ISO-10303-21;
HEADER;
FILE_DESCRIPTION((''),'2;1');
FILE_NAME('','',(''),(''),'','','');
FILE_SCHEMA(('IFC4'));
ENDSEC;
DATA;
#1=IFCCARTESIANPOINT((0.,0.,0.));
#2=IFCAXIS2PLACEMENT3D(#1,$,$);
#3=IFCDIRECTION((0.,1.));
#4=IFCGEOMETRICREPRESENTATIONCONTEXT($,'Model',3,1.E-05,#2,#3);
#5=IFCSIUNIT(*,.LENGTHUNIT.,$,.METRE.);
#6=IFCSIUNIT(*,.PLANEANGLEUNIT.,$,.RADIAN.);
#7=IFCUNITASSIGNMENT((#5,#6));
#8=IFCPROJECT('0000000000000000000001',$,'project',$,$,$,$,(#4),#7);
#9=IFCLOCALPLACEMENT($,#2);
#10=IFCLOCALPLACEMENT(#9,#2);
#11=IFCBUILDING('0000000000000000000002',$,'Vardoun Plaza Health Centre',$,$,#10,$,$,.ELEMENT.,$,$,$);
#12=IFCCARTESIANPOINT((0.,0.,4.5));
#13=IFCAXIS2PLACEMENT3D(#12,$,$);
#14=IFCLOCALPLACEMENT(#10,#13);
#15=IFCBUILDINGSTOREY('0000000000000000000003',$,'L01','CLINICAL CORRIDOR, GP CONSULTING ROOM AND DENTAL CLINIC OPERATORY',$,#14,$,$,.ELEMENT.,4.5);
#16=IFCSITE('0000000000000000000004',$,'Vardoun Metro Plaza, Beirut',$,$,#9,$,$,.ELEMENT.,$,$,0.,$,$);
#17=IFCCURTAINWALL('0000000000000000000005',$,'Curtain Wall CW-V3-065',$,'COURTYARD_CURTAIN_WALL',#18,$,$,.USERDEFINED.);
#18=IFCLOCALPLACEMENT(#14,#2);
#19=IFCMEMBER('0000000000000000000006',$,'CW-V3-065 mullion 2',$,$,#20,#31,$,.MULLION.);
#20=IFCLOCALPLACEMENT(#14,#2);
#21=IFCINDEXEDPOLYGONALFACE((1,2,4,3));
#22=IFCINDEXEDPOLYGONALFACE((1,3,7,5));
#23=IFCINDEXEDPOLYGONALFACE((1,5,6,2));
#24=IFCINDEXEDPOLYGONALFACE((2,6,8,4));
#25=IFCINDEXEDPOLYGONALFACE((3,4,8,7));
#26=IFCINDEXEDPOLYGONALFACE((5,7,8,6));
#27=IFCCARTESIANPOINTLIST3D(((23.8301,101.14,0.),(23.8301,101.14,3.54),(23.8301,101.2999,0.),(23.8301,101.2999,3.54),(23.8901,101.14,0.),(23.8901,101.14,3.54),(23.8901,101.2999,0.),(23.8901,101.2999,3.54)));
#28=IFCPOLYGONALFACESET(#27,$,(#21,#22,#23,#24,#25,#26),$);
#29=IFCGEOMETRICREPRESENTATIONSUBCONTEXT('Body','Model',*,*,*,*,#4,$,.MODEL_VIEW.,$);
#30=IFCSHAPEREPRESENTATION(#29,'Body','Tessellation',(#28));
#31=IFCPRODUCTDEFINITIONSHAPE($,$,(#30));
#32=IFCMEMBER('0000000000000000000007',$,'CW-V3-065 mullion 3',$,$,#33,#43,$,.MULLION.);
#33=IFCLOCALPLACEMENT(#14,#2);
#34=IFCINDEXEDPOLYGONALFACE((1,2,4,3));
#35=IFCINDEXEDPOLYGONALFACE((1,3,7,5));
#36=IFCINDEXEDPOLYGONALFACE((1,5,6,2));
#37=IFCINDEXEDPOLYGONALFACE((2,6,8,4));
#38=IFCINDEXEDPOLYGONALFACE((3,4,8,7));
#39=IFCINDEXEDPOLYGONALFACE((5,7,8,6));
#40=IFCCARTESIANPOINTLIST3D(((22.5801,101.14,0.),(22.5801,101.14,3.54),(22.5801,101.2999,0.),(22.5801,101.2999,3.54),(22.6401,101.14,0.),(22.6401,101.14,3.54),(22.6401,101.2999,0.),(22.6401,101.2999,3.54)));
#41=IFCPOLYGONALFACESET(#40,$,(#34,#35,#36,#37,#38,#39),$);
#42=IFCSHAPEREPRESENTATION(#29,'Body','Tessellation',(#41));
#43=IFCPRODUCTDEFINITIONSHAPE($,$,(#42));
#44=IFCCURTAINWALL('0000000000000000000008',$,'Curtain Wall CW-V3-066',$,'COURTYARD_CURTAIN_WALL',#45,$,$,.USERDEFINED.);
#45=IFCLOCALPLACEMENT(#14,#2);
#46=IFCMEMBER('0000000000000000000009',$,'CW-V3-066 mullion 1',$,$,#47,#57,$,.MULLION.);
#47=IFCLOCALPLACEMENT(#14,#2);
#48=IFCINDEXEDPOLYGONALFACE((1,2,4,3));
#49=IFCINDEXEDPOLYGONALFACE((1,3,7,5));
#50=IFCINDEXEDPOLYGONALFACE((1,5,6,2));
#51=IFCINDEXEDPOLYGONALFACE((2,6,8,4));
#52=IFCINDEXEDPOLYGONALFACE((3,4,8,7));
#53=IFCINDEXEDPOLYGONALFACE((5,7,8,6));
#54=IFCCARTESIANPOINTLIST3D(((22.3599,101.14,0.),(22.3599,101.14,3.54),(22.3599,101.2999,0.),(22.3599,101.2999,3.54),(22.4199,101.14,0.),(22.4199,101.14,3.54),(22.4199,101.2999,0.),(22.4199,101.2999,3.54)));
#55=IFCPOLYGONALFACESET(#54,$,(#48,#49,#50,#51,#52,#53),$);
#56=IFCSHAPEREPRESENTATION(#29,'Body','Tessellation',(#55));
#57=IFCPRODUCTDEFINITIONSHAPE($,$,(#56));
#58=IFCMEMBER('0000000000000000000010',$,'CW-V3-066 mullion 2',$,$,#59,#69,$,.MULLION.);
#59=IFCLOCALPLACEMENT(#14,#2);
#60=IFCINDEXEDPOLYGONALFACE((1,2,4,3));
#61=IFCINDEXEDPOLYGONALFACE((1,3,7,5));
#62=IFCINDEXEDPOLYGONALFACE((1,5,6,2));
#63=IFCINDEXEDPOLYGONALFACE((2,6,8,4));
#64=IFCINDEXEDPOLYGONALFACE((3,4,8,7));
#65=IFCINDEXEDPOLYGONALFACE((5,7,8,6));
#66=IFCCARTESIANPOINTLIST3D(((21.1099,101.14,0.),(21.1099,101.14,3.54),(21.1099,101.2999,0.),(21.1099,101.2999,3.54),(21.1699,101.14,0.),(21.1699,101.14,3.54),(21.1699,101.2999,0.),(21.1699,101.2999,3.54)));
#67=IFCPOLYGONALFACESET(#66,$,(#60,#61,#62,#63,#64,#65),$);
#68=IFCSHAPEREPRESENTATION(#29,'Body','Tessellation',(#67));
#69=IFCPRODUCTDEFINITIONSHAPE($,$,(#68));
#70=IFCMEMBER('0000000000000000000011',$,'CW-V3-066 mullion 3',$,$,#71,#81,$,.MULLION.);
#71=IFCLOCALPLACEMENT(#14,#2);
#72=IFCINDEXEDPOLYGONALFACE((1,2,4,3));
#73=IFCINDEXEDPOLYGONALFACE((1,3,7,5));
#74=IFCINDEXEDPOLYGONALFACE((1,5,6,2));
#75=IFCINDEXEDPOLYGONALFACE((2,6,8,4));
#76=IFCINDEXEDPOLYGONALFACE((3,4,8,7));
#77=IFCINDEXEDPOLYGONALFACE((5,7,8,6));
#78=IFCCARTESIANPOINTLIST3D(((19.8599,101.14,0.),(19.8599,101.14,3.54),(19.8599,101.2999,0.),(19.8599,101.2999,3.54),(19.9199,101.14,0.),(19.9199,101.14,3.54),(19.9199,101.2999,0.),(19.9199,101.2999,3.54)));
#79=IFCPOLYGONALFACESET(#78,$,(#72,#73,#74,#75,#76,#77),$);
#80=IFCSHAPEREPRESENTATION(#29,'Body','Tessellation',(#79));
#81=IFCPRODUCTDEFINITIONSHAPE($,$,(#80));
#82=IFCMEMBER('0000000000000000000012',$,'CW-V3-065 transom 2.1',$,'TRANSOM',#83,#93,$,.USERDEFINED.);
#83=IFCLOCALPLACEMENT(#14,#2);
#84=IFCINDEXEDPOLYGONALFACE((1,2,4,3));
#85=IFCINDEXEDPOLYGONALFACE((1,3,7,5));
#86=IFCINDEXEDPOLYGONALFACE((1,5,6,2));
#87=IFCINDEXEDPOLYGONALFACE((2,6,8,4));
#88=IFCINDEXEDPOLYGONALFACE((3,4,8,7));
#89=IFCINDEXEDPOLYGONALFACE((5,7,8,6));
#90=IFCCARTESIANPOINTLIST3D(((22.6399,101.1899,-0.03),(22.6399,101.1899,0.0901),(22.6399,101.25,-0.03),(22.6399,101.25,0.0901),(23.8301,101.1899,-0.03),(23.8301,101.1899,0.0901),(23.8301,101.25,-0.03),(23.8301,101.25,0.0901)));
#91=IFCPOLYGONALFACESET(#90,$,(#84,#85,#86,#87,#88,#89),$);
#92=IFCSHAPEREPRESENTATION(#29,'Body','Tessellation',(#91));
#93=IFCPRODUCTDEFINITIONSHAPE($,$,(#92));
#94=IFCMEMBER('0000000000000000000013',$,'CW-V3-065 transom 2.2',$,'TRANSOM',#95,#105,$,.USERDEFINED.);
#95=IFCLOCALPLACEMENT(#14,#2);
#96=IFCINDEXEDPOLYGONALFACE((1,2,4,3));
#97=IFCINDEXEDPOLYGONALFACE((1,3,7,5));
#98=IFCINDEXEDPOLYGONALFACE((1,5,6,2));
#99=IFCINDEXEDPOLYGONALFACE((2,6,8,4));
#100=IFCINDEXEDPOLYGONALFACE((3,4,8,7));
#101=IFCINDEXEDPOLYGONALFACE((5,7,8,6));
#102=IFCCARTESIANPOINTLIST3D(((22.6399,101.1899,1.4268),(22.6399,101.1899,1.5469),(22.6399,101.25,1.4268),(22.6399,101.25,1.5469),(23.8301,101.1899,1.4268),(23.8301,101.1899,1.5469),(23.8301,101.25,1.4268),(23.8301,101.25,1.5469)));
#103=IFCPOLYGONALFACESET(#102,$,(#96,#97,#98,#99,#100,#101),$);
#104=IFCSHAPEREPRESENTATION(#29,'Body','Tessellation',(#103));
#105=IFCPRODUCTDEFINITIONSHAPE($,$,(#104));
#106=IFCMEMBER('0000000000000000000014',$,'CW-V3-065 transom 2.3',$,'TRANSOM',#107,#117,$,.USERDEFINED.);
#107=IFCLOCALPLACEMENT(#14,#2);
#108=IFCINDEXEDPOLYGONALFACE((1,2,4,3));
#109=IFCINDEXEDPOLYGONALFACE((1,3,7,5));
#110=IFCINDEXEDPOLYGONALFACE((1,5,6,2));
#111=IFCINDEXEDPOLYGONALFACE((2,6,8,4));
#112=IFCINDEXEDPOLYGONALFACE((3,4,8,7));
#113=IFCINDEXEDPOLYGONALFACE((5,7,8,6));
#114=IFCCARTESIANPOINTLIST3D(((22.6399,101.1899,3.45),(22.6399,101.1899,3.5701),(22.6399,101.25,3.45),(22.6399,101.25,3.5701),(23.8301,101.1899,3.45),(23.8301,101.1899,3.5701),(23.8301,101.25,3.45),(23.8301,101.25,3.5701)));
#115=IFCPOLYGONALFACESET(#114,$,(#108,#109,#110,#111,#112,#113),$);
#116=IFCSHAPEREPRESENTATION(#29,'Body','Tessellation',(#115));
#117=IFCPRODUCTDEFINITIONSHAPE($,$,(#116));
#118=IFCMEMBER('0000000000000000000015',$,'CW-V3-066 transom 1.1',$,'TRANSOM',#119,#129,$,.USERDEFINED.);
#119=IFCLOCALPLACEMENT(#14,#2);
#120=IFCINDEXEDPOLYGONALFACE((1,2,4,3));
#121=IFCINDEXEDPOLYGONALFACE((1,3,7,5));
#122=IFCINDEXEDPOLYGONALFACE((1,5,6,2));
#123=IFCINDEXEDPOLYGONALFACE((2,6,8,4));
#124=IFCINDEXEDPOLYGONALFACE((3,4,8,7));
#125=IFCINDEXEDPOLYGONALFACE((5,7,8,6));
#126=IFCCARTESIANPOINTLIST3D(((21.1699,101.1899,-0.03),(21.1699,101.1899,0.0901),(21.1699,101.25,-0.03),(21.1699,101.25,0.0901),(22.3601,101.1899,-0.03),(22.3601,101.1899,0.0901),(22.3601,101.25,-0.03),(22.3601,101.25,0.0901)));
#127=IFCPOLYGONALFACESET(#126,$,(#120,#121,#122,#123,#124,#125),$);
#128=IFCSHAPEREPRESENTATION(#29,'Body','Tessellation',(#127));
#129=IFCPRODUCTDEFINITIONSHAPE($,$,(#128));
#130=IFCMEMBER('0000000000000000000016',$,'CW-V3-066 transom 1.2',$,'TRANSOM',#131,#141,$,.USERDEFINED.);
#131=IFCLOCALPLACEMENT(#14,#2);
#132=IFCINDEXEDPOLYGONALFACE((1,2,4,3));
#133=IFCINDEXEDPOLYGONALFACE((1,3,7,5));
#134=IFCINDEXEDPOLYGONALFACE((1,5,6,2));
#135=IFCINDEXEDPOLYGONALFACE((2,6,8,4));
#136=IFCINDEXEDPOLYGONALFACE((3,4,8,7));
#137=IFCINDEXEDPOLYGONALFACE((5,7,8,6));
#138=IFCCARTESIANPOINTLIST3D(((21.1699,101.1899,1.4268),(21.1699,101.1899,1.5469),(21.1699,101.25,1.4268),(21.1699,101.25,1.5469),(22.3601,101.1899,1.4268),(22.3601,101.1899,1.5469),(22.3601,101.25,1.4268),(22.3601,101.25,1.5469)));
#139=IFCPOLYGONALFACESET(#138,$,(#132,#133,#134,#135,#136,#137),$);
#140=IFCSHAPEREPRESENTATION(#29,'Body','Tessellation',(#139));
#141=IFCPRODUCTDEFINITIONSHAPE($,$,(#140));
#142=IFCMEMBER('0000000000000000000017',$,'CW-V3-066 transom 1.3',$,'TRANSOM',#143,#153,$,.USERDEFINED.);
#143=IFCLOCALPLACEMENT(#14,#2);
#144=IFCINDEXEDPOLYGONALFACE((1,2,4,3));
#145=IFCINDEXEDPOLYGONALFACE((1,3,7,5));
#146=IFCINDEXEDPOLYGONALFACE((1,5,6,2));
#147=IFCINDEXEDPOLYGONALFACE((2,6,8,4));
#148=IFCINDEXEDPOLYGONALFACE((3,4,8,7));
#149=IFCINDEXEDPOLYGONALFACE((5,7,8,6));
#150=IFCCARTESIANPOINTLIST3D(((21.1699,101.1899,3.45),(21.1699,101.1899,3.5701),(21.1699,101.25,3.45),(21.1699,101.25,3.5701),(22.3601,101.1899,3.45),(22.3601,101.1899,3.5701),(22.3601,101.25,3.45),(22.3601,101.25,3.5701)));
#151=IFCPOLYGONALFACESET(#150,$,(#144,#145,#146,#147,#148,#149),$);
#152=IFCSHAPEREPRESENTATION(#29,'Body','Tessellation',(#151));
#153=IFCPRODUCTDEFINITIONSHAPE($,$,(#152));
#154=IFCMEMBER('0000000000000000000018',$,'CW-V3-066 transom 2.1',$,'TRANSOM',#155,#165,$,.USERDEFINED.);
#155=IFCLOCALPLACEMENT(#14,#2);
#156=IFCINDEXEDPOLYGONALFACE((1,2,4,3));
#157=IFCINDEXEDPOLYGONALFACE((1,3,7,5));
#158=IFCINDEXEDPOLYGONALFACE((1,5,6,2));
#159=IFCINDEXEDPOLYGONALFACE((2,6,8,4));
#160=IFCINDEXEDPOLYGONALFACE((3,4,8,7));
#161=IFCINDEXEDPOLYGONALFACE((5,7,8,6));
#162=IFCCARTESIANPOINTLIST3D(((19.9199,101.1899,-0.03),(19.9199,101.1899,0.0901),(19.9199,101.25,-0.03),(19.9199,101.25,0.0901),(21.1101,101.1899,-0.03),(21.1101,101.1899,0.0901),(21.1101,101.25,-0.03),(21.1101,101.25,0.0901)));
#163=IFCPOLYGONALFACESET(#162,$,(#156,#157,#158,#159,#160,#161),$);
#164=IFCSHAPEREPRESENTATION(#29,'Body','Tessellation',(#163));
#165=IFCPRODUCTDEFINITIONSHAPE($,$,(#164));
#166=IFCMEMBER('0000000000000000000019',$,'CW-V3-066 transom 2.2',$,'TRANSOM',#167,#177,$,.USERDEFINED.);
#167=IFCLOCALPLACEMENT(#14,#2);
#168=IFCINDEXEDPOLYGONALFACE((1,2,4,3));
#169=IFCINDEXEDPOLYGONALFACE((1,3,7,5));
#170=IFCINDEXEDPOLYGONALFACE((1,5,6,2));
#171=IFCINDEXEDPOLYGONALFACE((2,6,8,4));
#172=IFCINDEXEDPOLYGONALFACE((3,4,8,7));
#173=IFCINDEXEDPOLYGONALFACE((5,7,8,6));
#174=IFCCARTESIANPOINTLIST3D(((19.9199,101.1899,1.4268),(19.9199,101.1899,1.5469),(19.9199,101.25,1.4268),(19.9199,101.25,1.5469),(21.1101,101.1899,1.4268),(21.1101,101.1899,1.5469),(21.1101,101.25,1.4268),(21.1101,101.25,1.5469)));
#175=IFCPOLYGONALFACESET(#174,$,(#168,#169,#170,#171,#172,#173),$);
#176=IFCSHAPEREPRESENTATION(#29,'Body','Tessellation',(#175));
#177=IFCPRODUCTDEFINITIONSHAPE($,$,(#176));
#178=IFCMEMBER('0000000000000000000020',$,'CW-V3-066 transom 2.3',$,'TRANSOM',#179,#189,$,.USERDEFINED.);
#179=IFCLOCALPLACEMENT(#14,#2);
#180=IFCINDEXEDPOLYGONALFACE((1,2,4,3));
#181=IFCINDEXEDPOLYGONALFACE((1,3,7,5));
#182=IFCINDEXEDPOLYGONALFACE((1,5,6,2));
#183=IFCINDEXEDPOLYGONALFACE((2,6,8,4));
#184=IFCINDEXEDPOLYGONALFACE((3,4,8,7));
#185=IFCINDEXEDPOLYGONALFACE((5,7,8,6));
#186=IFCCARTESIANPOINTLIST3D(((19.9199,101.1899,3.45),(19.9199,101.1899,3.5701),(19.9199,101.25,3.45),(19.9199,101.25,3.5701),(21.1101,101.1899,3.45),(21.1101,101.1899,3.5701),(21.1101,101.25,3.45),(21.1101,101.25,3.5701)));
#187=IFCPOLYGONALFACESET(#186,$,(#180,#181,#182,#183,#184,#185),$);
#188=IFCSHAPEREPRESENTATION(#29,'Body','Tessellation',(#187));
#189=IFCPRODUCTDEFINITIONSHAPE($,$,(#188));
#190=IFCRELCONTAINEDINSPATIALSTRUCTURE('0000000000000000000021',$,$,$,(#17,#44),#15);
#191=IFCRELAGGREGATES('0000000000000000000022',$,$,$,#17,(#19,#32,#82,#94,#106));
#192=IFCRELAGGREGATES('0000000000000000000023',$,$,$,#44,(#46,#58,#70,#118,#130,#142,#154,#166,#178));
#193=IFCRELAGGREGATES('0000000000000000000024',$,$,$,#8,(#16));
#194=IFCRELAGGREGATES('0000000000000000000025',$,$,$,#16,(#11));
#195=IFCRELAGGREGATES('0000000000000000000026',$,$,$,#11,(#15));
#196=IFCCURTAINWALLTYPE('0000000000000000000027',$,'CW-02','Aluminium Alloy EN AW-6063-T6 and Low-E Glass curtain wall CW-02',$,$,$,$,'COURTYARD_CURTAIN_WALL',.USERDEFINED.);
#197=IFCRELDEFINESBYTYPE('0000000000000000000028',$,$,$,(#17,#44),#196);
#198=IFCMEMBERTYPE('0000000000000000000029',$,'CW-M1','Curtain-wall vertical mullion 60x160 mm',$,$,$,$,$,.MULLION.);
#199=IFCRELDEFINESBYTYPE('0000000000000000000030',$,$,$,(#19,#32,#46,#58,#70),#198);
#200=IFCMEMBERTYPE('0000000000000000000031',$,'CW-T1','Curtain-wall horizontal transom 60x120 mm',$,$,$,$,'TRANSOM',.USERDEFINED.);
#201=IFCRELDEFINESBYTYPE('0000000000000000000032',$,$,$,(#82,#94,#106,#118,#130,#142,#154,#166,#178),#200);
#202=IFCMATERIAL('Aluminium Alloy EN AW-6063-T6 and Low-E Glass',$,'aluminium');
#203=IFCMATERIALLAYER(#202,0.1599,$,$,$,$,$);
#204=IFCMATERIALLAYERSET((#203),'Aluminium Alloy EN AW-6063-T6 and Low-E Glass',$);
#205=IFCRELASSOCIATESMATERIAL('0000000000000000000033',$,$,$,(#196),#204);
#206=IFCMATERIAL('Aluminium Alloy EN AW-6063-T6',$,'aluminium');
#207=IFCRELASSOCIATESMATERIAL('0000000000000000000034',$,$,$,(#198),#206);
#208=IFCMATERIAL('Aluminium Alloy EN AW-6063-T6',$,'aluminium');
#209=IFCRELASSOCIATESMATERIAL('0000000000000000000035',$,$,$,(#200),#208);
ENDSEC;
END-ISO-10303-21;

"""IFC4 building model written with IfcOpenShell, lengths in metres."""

from ifc_helpers import new_model, si_unit, direction, frame, origin, origin_2d, place, context, subcontext, project, spatial, rectangle, extrude, material, layer, layer_set, material_profile, profile_set, type_object, element, aggregate, save


model = new_model("IFC4")

# Units and contexts
model_context = context("Model", 3, precision=1e-05, world=origin(), true_north=direction((0.0, 1.0)))
body_context = subcontext(model_context, "Body", "Model", "MODEL_VIEW")
ifc_project = project(units=[si_unit("LENGTHUNIT", "METRE"), si_unit("PLANEANGLEUNIT", "RADIAN")], contexts=[model_context])

# Site, building, storey
site_placement = place(None, origin())
site = spatial("IfcSite", under=ifc_project, at=site_placement, Name="Vardoun Metro Plaza, Beirut", CompositionType="ELEMENT", RefElevation=0.0)
building_placement = place(site_placement, origin())
building = spatial("IfcBuilding", under=site, at=building_placement, Name="Vardoun Plaza Health Centre", CompositionType="ELEMENT")
storey_placement = place(building_placement, frame((0.0, 0.0, 4.5)))
storey = spatial("IfcBuildingStorey", under=building, at=storey_placement, Name="L01", Description="CLINICAL CORRIDOR, GP CONSULTING ROOM AND DENTAL CLINIC OPERATORY", CompositionType="ELEMENT", Elevation=4.5)

# Curtain walls, members
ifc_material_1 = material(Name="Aluminium Alloy EN AW-6063-T6 and Low-E Glass", Category="aluminium")
ifc_layer_1 = layer(ifc_material_1, 0.1599)
ifc_layer_set_1 = layer_set([ifc_layer_1], Name="Aluminium Alloy EN AW-6063-T6 and Low-E Glass")
curtain_wall_type = type_object("IfcCurtainWallType", Name="CW-02", Description="Aluminium Alloy EN AW-6063-T6 and Low-E Glass curtain wall CW-02", ElementType="COURTYARD_CURTAIN_WALL", PredefinedType="USERDEFINED", material=ifc_layer_set_1)
curtain_wall_1_placement = place(storey_placement, origin())
curtain_wall_1 = element("IfcCurtainWall", 1, at=curtain_wall_1_placement, inside=storey, type_object=curtain_wall_type, Name="Curtain Wall CW-V3-065", ObjectType="COURTYARD_CURTAIN_WALL", PredefinedType="USERDEFINED")
ifc_material_2 = material(Name="Aluminium Alloy EN AW-6063-T6", Category="aluminium")
ifc_material_profile_1 = material_profile(ifc_material_2, rectangle(XDim=0.1599, YDim=0.0601, at=origin_2d()), Name="CWM 60x160")
ifc_profile_set_1 = profile_set([ifc_material_profile_1], Name="Aluminium Alloy EN AW-6063-T6")
member_type_1 = type_object("IfcMemberType", Name="CW-M1", Description="Curtain-wall vertical mullion 60x160 mm", PredefinedType="MULLION", material=ifc_profile_set_1)
member_1_placement = place(storey_placement, frame((23.8601, 101.22, 0.0), z_axis=(0.0, 0.0, 1.0), x_axis=(0.0, -1.0, 0.0)))
member_1 = element("IfcMember", 2, at=member_1_placement, type_object=member_type_1, Name="CW-V3-065 mullion 2", PredefinedType="MULLION", context=body_context, shape_type="SweptSolid", body=[
    extrude(rectangle(XDim=0.1599, YDim=0.0601, at=origin_2d()), origin(), (0.0, 0.0, 1.0), 3.54),
])
member_2_placement = place(storey_placement, frame((22.6101, 101.22, 0.0), z_axis=(0.0, 0.0, 1.0), x_axis=(0.0, -1.0, 0.0)))
member_2 = element("IfcMember", 3, at=member_2_placement, type_object=member_type_1, Name="CW-V3-065 mullion 3", PredefinedType="MULLION", context=body_context, shape_type="SweptSolid", body=[
    extrude(rectangle(XDim=0.1599, YDim=0.0601, at=origin_2d()), origin(), (0.0, 0.0, 1.0), 3.54),
])
curtain_wall_2_placement = place(storey_placement, origin())
curtain_wall_2 = element("IfcCurtainWall", 4, at=curtain_wall_2_placement, inside=storey, type_object=curtain_wall_type, Name="Curtain Wall CW-V3-066", ObjectType="COURTYARD_CURTAIN_WALL", PredefinedType="USERDEFINED")
member_3_placement = place(storey_placement, frame((22.3899, 101.22, 0.0), z_axis=(0.0, 0.0, 1.0), x_axis=(0.0, -1.0, 0.0)))
member_3 = element("IfcMember", 5, at=member_3_placement, type_object=member_type_1, Name="CW-V3-066 mullion 1", PredefinedType="MULLION", context=body_context, shape_type="SweptSolid", body=[
    extrude(rectangle(XDim=0.1599, YDim=0.0601, at=origin_2d()), origin(), (0.0, 0.0, 1.0), 3.54),
])
member_4_placement = place(storey_placement, frame((21.1399, 101.22, 0.0), z_axis=(0.0, 0.0, 1.0), x_axis=(0.0, -1.0, 0.0)))
member_4 = element("IfcMember", 6, at=member_4_placement, type_object=member_type_1, Name="CW-V3-066 mullion 2", PredefinedType="MULLION", context=body_context, shape_type="SweptSolid", body=[
    extrude(rectangle(XDim=0.1599, YDim=0.0601, at=origin_2d()), origin(), (0.0, 0.0, 1.0), 3.54),
])
member_5_placement = place(storey_placement, frame((19.8899, 101.22, 0.0), z_axis=(0.0, 0.0, 1.0), x_axis=(0.0, -1.0, 0.0)))
member_5 = element("IfcMember", 7, at=member_5_placement, type_object=member_type_1, Name="CW-V3-066 mullion 3", PredefinedType="MULLION", context=body_context, shape_type="SweptSolid", body=[
    extrude(rectangle(XDim=0.1599, YDim=0.0601, at=origin_2d()), origin(), (0.0, 0.0, 1.0), 3.54),
])

# Members
ifc_material_3 = material(Name="Aluminium Alloy EN AW-6063-T6", Category="aluminium")
ifc_material_profile_2 = material_profile(ifc_material_3, rectangle(XDim=0.0601, YDim=0.1201, at=origin_2d()), Name="CWT 60x120")
ifc_profile_set_2 = profile_set([ifc_material_profile_2], Name="Aluminium Alloy EN AW-6063-T6")
member_type_2 = type_object("IfcMemberType", Name="CW-T1", Description="Curtain-wall horizontal transom 60x120 mm", ElementType="TRANSOM", PredefinedType="USERDEFINED", material=ifc_profile_set_2)
member_6_placement = place(storey_placement, frame((23.8301, 101.22, 0.03), z_axis=(-1.0, 0.0, 0.0), x_axis=(0.0, -1.0, 0.0)))
member_6 = element("IfcMember", 8, at=member_6_placement, type_object=member_type_2, Name="CW-V3-065 transom 2.1", ObjectType="TRANSOM", PredefinedType="USERDEFINED", context=body_context, shape_type="SweptSolid", body=[
    extrude(rectangle(XDim=0.0601, YDim=0.1201, at=origin_2d()), origin(), (0.0, 0.0, 1.0), 1.1902),
])
member_7_placement = place(storey_placement, frame((23.8301, 101.22, 1.4868), z_axis=(-1.0, 0.0, 0.0), x_axis=(0.0, -1.0, 0.0)))
member_7 = element("IfcMember", 9, at=member_7_placement, type_object=member_type_2, Name="CW-V3-065 transom 2.2", ObjectType="TRANSOM", PredefinedType="USERDEFINED", context=body_context, shape_type="SweptSolid", body=[
    extrude(rectangle(XDim=0.0601, YDim=0.1201, at=origin_2d()), origin(), (0.0, 0.0, 1.0), 1.1902),
])
member_8_placement = place(storey_placement, frame((23.8301, 101.22, 3.51), z_axis=(-1.0, 0.0, 0.0), x_axis=(0.0, -1.0, 0.0)))
member_8 = element("IfcMember", 10, at=member_8_placement, type_object=member_type_2, Name="CW-V3-065 transom 2.3", ObjectType="TRANSOM", PredefinedType="USERDEFINED", context=body_context, shape_type="SweptSolid", body=[
    extrude(rectangle(XDim=0.0601, YDim=0.1201, at=origin_2d()), origin(), (0.0, 0.0, 1.0), 1.1902),
])
member_9_placement = place(storey_placement, frame((22.3601, 101.22, 0.03), z_axis=(-1.0, 0.0, 0.0), x_axis=(0.0, -1.0, 0.0)))
member_9 = element("IfcMember", 11, at=member_9_placement, type_object=member_type_2, Name="CW-V3-066 transom 1.1", ObjectType="TRANSOM", PredefinedType="USERDEFINED", context=body_context, shape_type="SweptSolid", body=[
    extrude(rectangle(XDim=0.0601, YDim=0.1201, at=origin_2d()), origin(), (0.0, 0.0, 1.0), 1.1902),
])
member_10_placement = place(storey_placement, frame((22.3601, 101.22, 1.4868), z_axis=(-1.0, 0.0, 0.0), x_axis=(0.0, -1.0, 0.0)))
member_10 = element("IfcMember", 12, at=member_10_placement, type_object=member_type_2, Name="CW-V3-066 transom 1.2", ObjectType="TRANSOM", PredefinedType="USERDEFINED", context=body_context, shape_type="SweptSolid", body=[
    extrude(rectangle(XDim=0.0601, YDim=0.1201, at=origin_2d()), origin(), (0.0, 0.0, 1.0), 1.1902),
])
member_11_placement = place(storey_placement, frame((22.3601, 101.22, 3.51), z_axis=(-1.0, 0.0, 0.0), x_axis=(0.0, -1.0, 0.0)))
member_11 = element("IfcMember", 13, at=member_11_placement, type_object=member_type_2, Name="CW-V3-066 transom 1.3", ObjectType="TRANSOM", PredefinedType="USERDEFINED", context=body_context, shape_type="SweptSolid", body=[
    extrude(rectangle(XDim=0.0601, YDim=0.1201, at=origin_2d()), origin(), (0.0, 0.0, 1.0), 1.1902),
])
member_12_placement = place(storey_placement, frame((21.1101, 101.22, 0.03), z_axis=(-1.0, 0.0, 0.0), x_axis=(0.0, -1.0, 0.0)))
member_12 = element("IfcMember", 14, at=member_12_placement, type_object=member_type_2, Name="CW-V3-066 transom 2.1", ObjectType="TRANSOM", PredefinedType="USERDEFINED", context=body_context, shape_type="SweptSolid", body=[
    extrude(rectangle(XDim=0.0601, YDim=0.1201, at=origin_2d()), origin(), (0.0, 0.0, 1.0), 1.1902),
])
member_13_placement = place(storey_placement, frame((21.1101, 101.22, 1.4868), z_axis=(-1.0, 0.0, 0.0), x_axis=(0.0, -1.0, 0.0)))
member_13 = element("IfcMember", 15, at=member_13_placement, type_object=member_type_2, Name="CW-V3-066 transom 2.2", ObjectType="TRANSOM", PredefinedType="USERDEFINED", context=body_context, shape_type="SweptSolid", body=[
    extrude(rectangle(XDim=0.0601, YDim=0.1201, at=origin_2d()), origin(), (0.0, 0.0, 1.0), 1.1902),
])
member_14_placement = place(storey_placement, frame((21.1101, 101.22, 3.51), z_axis=(-1.0, 0.0, 0.0), x_axis=(0.0, -1.0, 0.0)))
member_14 = element("IfcMember", 16, at=member_14_placement, type_object=member_type_2, Name="CW-V3-066 transom 2.3", ObjectType="TRANSOM", PredefinedType="USERDEFINED", context=body_context, shape_type="SweptSolid", body=[
    extrude(rectangle(XDim=0.0601, YDim=0.1201, at=origin_2d()), origin(), (0.0, 0.0, 1.0), 1.1902),
])

aggregate(curtain_wall_1, [member_1, member_2, member_6, member_7, member_8])
aggregate(curtain_wall_2, [member_3, member_4, member_5, member_9, member_10, member_11, member_12, member_13, member_14])

save(model, "model.ifc")
